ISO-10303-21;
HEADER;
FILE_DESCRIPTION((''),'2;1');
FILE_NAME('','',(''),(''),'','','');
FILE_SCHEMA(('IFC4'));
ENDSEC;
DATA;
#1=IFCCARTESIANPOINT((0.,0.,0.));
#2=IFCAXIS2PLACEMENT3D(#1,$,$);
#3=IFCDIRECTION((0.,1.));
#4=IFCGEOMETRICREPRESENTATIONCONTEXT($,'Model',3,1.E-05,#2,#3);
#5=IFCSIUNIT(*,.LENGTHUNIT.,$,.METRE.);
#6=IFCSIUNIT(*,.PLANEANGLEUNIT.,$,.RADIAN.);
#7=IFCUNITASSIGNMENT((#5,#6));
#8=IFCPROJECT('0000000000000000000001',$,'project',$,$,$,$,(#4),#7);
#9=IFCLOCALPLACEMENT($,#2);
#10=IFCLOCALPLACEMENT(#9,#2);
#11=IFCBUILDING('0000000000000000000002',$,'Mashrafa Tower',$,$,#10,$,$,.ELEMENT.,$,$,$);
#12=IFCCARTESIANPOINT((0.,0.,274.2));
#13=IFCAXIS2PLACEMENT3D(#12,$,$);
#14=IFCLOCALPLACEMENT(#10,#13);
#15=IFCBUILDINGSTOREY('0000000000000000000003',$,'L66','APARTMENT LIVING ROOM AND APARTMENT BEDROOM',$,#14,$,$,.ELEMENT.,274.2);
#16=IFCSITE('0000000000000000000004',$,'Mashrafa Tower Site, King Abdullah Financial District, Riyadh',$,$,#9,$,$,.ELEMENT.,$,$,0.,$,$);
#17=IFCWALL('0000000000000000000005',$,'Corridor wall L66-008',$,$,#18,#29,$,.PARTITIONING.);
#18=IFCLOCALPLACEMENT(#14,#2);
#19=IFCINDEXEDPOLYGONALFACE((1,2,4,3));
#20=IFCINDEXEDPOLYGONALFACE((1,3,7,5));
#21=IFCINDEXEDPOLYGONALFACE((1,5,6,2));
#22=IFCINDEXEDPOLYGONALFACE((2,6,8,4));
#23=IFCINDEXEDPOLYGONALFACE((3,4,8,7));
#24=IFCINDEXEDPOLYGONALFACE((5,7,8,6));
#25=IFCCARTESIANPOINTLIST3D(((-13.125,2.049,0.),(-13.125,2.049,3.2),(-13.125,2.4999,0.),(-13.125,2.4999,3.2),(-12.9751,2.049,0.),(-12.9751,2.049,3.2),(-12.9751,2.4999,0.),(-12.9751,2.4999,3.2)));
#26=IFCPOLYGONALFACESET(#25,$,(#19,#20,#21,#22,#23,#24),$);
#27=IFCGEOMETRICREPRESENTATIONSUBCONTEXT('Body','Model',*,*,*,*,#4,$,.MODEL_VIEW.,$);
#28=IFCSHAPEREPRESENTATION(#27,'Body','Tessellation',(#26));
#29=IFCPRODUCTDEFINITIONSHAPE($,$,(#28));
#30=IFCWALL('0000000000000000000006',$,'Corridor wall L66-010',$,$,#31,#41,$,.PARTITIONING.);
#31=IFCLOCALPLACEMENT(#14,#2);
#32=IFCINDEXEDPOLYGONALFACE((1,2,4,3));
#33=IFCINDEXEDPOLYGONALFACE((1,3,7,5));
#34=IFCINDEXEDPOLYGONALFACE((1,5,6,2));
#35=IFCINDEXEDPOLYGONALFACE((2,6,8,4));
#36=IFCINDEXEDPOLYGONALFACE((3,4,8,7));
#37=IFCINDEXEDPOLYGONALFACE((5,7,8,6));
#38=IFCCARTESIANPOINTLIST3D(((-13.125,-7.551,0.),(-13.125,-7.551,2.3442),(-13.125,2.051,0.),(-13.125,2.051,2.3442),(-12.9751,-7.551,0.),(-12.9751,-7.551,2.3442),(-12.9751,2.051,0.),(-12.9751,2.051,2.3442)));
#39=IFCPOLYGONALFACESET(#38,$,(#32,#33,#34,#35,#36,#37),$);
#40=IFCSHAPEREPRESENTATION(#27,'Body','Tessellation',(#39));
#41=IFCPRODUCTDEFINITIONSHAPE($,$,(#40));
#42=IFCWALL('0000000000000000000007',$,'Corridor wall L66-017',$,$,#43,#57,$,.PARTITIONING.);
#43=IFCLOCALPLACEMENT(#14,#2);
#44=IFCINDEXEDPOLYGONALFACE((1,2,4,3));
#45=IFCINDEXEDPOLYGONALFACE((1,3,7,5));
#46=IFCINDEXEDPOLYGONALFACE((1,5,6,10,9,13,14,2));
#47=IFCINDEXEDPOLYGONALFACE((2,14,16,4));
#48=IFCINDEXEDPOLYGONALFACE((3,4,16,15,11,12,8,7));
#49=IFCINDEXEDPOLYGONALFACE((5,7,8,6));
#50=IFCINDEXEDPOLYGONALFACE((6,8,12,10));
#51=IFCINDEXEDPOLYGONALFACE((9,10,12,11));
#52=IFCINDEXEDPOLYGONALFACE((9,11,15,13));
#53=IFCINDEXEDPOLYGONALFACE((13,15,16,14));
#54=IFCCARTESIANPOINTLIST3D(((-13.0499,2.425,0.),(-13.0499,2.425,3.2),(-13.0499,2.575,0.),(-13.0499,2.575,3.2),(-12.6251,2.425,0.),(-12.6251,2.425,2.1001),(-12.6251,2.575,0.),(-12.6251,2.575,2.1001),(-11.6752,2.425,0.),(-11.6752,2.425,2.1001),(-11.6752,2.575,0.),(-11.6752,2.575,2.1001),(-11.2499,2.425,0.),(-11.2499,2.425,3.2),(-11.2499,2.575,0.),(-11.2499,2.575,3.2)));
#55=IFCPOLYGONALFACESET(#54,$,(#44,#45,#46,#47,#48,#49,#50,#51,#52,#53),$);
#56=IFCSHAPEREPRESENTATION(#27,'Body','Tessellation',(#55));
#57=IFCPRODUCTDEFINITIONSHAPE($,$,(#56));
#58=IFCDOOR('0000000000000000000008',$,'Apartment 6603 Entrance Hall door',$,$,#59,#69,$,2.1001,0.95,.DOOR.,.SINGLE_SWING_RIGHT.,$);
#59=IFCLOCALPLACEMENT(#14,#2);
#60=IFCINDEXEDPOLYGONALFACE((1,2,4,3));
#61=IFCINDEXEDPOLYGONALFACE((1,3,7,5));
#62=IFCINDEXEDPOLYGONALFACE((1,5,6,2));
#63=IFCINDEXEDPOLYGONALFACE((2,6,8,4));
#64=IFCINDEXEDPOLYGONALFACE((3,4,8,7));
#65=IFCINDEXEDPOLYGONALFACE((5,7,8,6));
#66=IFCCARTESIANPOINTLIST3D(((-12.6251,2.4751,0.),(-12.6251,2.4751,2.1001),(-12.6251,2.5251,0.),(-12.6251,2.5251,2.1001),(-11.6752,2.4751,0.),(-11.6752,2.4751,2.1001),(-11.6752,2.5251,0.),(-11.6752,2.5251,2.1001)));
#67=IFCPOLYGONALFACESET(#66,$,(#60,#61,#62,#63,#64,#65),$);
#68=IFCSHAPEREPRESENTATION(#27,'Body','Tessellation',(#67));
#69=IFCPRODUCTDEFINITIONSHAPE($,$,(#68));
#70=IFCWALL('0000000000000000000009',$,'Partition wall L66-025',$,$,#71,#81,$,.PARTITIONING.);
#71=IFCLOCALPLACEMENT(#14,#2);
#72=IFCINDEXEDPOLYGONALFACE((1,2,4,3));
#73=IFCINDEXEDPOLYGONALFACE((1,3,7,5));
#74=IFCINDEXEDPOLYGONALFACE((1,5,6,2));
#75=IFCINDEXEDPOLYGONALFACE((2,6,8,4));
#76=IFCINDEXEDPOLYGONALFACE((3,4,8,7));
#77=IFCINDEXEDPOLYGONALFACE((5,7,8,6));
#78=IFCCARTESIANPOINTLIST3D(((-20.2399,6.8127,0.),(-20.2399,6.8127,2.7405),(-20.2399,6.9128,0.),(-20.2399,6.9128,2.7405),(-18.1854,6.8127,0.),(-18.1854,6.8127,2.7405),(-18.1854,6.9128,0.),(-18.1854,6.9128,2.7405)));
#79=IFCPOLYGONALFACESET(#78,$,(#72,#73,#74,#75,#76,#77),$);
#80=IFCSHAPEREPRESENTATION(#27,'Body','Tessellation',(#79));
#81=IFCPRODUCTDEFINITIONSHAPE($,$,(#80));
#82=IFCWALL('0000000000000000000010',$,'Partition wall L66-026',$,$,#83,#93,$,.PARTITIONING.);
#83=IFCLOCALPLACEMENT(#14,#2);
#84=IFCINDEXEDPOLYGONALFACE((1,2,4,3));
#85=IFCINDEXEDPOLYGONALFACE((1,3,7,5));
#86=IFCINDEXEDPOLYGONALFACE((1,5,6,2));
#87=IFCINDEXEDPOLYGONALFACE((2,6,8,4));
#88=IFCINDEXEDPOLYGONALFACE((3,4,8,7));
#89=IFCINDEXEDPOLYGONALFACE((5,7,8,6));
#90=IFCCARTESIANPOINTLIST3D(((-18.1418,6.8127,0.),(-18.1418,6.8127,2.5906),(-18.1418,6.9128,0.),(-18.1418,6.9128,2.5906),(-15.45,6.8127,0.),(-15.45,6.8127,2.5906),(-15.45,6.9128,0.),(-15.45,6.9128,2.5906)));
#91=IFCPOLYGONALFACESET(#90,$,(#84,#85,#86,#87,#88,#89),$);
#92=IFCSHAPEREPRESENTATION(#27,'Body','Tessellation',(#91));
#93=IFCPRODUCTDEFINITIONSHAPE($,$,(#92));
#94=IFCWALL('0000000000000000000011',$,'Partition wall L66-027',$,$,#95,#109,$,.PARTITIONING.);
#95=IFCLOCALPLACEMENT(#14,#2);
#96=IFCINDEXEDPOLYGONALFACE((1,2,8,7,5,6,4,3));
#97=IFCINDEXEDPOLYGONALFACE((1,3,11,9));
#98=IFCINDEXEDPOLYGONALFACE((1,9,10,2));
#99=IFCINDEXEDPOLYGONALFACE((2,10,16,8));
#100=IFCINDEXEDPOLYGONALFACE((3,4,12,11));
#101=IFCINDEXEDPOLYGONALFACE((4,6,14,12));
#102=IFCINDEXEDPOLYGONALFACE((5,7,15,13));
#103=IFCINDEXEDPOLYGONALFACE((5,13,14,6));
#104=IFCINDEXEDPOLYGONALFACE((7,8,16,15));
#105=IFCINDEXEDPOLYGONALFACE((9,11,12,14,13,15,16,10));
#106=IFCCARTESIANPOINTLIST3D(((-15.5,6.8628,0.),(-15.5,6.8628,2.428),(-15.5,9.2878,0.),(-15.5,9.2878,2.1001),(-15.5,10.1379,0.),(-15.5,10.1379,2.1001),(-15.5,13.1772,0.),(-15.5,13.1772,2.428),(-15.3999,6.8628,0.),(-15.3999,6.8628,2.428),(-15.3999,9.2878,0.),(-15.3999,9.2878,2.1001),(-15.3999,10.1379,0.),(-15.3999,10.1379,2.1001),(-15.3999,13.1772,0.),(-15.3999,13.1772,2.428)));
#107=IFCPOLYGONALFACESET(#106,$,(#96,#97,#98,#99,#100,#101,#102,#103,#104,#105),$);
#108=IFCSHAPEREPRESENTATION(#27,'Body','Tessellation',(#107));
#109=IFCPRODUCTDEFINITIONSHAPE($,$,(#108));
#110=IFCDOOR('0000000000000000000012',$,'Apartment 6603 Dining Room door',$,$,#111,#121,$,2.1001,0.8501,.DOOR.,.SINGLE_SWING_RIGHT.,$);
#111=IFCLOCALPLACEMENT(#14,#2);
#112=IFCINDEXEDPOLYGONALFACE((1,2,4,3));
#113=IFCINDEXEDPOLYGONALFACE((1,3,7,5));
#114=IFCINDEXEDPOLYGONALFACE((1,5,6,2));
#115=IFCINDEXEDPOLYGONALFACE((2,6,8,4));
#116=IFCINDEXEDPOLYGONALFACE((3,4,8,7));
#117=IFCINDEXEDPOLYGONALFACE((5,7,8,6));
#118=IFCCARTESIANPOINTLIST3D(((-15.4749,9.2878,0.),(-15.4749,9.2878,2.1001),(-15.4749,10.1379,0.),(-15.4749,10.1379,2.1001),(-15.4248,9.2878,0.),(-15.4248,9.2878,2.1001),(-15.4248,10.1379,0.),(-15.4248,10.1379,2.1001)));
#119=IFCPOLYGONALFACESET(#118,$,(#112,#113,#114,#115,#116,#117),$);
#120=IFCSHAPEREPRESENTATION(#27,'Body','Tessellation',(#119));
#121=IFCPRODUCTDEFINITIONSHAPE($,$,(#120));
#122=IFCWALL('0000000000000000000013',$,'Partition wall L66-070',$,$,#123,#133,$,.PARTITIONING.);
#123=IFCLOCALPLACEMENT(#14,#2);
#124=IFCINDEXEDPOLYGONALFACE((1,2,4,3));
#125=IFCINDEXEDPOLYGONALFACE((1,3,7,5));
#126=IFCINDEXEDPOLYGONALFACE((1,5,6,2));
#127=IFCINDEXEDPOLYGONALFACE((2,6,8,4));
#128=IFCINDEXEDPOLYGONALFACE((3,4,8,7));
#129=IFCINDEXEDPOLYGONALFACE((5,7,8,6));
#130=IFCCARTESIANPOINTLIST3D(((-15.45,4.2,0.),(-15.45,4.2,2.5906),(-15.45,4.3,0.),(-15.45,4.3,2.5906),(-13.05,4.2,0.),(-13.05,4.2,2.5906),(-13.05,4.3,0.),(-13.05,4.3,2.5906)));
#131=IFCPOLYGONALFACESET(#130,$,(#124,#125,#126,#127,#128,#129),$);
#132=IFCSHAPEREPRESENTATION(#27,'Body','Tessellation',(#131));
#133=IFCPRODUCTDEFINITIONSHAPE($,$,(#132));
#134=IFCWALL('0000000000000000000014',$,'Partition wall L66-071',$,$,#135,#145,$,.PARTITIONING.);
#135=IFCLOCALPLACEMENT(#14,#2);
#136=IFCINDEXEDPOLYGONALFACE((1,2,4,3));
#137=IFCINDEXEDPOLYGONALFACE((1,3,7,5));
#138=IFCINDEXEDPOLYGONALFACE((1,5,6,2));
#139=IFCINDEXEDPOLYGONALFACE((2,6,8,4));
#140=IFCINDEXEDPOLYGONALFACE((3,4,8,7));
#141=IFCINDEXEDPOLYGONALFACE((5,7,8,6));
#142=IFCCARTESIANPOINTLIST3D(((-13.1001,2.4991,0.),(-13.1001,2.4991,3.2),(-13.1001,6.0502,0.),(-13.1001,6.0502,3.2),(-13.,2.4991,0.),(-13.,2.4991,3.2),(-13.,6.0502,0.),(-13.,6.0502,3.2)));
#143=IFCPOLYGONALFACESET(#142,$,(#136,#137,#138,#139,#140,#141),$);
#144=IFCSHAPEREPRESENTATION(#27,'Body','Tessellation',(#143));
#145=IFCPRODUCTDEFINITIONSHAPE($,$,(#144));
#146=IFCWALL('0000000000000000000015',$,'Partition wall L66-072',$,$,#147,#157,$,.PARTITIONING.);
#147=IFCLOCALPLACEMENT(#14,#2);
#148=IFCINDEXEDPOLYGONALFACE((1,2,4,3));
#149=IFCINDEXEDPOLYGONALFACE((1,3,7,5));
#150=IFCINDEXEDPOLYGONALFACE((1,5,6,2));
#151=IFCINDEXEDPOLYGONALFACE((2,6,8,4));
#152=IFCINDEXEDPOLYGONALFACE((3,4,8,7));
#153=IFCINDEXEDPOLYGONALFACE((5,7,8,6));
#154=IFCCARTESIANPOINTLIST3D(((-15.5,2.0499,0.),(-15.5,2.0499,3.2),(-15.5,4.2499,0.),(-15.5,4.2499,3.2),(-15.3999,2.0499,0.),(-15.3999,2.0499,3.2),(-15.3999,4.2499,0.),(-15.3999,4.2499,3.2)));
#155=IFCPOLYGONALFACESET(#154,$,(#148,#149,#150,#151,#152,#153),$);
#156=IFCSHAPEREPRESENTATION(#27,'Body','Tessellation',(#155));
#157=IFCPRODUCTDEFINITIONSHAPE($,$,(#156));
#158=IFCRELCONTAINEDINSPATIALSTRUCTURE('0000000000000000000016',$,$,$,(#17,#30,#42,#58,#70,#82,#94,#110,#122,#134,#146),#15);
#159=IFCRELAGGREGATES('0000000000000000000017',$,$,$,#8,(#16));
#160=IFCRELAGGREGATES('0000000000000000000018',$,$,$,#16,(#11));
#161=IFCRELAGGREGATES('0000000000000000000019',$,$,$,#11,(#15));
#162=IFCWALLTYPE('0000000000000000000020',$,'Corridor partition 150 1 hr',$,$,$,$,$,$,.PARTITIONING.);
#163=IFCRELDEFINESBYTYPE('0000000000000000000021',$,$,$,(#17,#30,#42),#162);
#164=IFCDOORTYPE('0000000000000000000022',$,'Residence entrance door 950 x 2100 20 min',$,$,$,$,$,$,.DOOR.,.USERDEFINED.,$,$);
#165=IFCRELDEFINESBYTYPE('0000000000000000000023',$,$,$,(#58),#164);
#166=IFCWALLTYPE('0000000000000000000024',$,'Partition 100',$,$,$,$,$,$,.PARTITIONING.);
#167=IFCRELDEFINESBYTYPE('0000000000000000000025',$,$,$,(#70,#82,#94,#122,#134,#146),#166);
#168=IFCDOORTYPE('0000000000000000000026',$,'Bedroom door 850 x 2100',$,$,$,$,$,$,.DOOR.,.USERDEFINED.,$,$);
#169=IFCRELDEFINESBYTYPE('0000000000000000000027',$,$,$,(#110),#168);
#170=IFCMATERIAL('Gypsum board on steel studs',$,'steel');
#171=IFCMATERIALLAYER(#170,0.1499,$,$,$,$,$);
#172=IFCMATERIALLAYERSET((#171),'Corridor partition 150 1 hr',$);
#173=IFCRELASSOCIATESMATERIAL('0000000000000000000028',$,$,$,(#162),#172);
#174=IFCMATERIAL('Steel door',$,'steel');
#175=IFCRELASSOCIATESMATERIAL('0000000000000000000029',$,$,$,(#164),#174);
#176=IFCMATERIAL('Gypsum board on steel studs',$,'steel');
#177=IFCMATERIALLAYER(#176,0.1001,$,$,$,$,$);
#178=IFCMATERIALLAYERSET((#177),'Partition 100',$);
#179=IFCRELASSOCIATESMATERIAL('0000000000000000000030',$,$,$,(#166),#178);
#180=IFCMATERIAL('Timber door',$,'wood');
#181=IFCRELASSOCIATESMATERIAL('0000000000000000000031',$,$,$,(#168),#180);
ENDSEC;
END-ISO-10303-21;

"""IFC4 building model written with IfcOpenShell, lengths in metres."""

from ifc_helpers import new_model, si_unit, direction, frame, frame_2d, origin, place, context, subcontext, project, spatial, rectangle, extrude, material, layer, layer_set, type_object, element, fill, save


model = new_model("IFC4")

# Units and contexts
model_context = context("Model", 3, precision=1e-05, world=origin(), true_north=direction((0.0, 1.0)))
body_context = subcontext(model_context, "Body", "Model", "MODEL_VIEW")
ifc_project = project(units=[si_unit("LENGTHUNIT", "METRE"), si_unit("PLANEANGLEUNIT", "RADIAN")], contexts=[model_context])

# Site, building, storey
site_placement = place(None, origin())
site = spatial("IfcSite", under=ifc_project, at=site_placement, Name="Mashrafa Tower Site, King Abdullah Financial District, Riyadh", CompositionType="ELEMENT", RefElevation=0.0)
building_placement = place(site_placement, origin())
building = spatial("IfcBuilding", under=site, at=building_placement, Name="Mashrafa Tower", CompositionType="ELEMENT")
storey_placement = place(building_placement, frame((0.0, 0.0, 274.2)))
storey = spatial("IfcBuildingStorey", under=building, at=storey_placement, Name="L66", Description="APARTMENT LIVING ROOM AND APARTMENT BEDROOM", CompositionType="ELEMENT", Elevation=274.2)

# Walls
ifc_material_1 = material(Name="Gypsum board on steel studs", Category="steel")
ifc_layer_1 = layer(ifc_material_1, 0.1499)
ifc_layer_set_1 = layer_set([ifc_layer_1], Name="Corridor partition 150 1 hr")
wall_type_1 = type_object("IfcWallType", Name="Corridor partition 150 1 hr", PredefinedType="PARTITIONING", material=ifc_layer_set_1)
wall_1_placement = place(storey_placement, frame((-13.05, 2.5, 0.0), z_axis=(0.0, 0.0, 1.0), x_axis=(0.0, -1.0, 0.0)))
element("IfcWall", 1, at=wall_1_placement, inside=storey, type_object=wall_type_1, Name="Corridor wall L66-008", PredefinedType="PARTITIONING", context=body_context, shape_type="SweptSolid", body=[
    extrude(rectangle(XDim=0.4509, YDim=0.1499, at=frame_2d((0.2256, 0.0))), origin(), (0.0, 0.0, 1.0), 3.2),
])
wall_2_placement = place(storey_placement, frame((-13.05, 2.051, 0.0), z_axis=(0.0, 0.0, 1.0), x_axis=(0.0, -1.0, 0.0)))
element("IfcWall", 2, at=wall_2_placement, inside=storey, type_object=wall_type_1, Name="Corridor wall L66-010", PredefinedType="PARTITIONING", context=body_context, shape_type="SweptSolid", body=[
    extrude(rectangle(XDim=9.6021, YDim=0.1499, at=frame_2d((4.801, 0.0))), origin(), (0.0, 0.0, 1.0), 2.3442),
])

# Wall, opening, door
wall_3_placement = place(storey_placement, frame((-11.25, 2.5, 0.0), z_axis=(0.0, 0.0, 1.0), x_axis=(-1.0, 0.0, 0.0)))
wall_3 = element("IfcWall", 3, at=wall_3_placement, inside=storey, type_object=wall_type_1, Name="Corridor wall L66-017", PredefinedType="PARTITIONING", context=body_context, shape_type="SweptSolid", body=[
    extrude(rectangle(XDim=1.8, YDim=0.1499, at=frame_2d((0.8999, 0.0))), origin(), (0.0, 0.0, 1.0), 3.2),
])
opening_1_placement = place(wall_3_placement, frame((0.425, 0.0, 0.0)))
opening_1 = element("IfcOpeningElement", 4, at=opening_1_placement, cuts=wall_3, PredefinedType="OPENING", context=body_context, shape_type="SweptSolid", body=[
    extrude(rectangle(XDim=0.95, YDim=2.1001, at=frame_2d((0.4751, 1.05))), frame((0.0, 0.085, 0.0), z_axis=(0.0, -1.0, 0.0), x_axis=(1.0, 0.0, 0.0)), (0.0, 0.0, 1.0), 0.1699),
])
ifc_material_2 = material(Name="Steel door", Category="steel")
door_type_1 = type_object("IfcDoorType", Name="Residence entrance door 950 x 2100 20 min", OperationType="USERDEFINED", PredefinedType="DOOR", material=ifc_material_2)
door_1_placement = place(opening_1_placement, origin())
door_1 = element("IfcDoor", 5, at=door_1_placement, inside=storey, type_object=door_type_1, Name="Apartment 6603 Entrance Hall door", OperationType="SINGLE_SWING_RIGHT", OverallHeight=2.1001, OverallWidth=0.95, PredefinedType="DOOR", context=body_context, shape_type="SweptSolid", body=[
    extrude(rectangle(XDim=0.95, YDim=2.1001, at=frame_2d((0.4751, 1.05))), frame((0.0, 0.0249, 0.0), z_axis=(0.0, -1.0, 0.0), x_axis=(1.0, 0.0, 0.0)), (0.0, 0.0, 1.0), 0.05),
])
fill(opening_1, door_1)

# Walls
ifc_material_3 = material(Name="Gypsum board on steel studs", Category="steel")
ifc_layer_2 = layer(ifc_material_3, 0.1001)
ifc_layer_set_2 = layer_set([ifc_layer_2], Name="Partition 100")
wall_type_2 = type_object("IfcWallType", Name="Partition 100", PredefinedType="PARTITIONING", material=ifc_layer_set_2)
wall_4_placement = place(storey_placement, frame((-20.24, 6.8628, 0.0), z_axis=(0.0, 0.0, 1.0), x_axis=(1.0, 0.0, 0.0)))
element("IfcWall", 6, at=wall_4_placement, inside=storey, type_object=wall_type_2, Name="Partition wall L66-025", PredefinedType="PARTITIONING", context=body_context, shape_type="SweptSolid", body=[
    extrude(rectangle(XDim=2.0544, YDim=0.1001, at=frame_2d((1.0273, 0.0))), origin(), (0.0, 0.0, 1.0), 2.7405),
])
wall_5_placement = place(storey_placement, frame((-18.1418, 6.8628, 0.0), z_axis=(0.0, 0.0, 1.0), x_axis=(1.0, 0.0, 0.0)))
element("IfcWall", 7, at=wall_5_placement, inside=storey, type_object=wall_type_2, Name="Partition wall L66-026", PredefinedType="PARTITIONING", context=body_context, shape_type="SweptSolid", body=[
    extrude(rectangle(XDim=2.6919, YDim=0.1001, at=frame_2d((1.3459, 0.0))), origin(), (0.0, 0.0, 1.0), 2.5906),
])

# Wall, opening, door
wall_6_placement = place(storey_placement, frame((-15.45, 6.8628, 0.0), z_axis=(0.0, 0.0, 1.0), x_axis=(0.0, 1.0, 0.0)))
wall_6 = element("IfcWall", 8, at=wall_6_placement, inside=storey, type_object=wall_type_2, Name="Partition wall L66-027", PredefinedType="PARTITIONING", context=body_context, shape_type="SweptSolid", body=[
    extrude(rectangle(XDim=6.3145, YDim=0.1001, at=frame_2d((3.1572, 0.0))), origin(), (0.0, 0.0, 1.0), 2.428),
])
opening_2_placement = place(wall_6_placement, frame((2.425, 0.0, 0.0)))
opening_2 = element("IfcOpeningElement", 9, at=opening_2_placement, cuts=wall_6, PredefinedType="OPENING", context=body_context, shape_type="SweptSolid", body=[
    extrude(rectangle(XDim=0.8501, YDim=2.1001, at=frame_2d((0.425, 1.05))), frame((0.0, 0.0601, 0.0), z_axis=(0.0, -1.0, 0.0), x_axis=(1.0, 0.0, 0.0)), (0.0, 0.0, 1.0), 0.1201),
])
ifc_material_4 = material(Name="Timber door", Category="wood")
door_type_2 = type_object("IfcDoorType", Name="Bedroom door 850 x 2100", OperationType="USERDEFINED", PredefinedType="DOOR", material=ifc_material_4)
door_2_placement = place(opening_2_placement, origin())
door_2 = element("IfcDoor", 10, at=door_2_placement, inside=storey, type_object=door_type_2, Name="Apartment 6603 Dining Room door", OperationType="SINGLE_SWING_RIGHT", OverallHeight=2.1001, OverallWidth=0.8501, PredefinedType="DOOR", context=body_context, shape_type="SweptSolid", body=[
    extrude(rectangle(XDim=0.8501, YDim=2.1001, at=frame_2d((0.425, 1.05))), frame((0.0, 0.0249, 0.0), z_axis=(0.0, -1.0, 0.0), x_axis=(1.0, 0.0, 0.0)), (0.0, 0.0, 1.0), 0.05),
])
fill(opening_2, door_2)

# Walls
wall_7_placement = place(storey_placement, frame((-15.45, 4.25, 0.0), z_axis=(0.0, 0.0, 1.0), x_axis=(1.0, 0.0, 0.0)))
element("IfcWall", 11, at=wall_7_placement, inside=storey, type_object=wall_type_2, Name="Partition wall L66-070", PredefinedType="PARTITIONING", context=body_context, shape_type="SweptSolid", body=[
    extrude(rectangle(XDim=2.3999, YDim=0.1001, at=frame_2d((1.2, 0.0))), origin(), (0.0, 0.0, 1.0), 2.5906),
])
wall_8_placement = place(storey_placement, frame((-13.05, 6.05, 0.0), z_axis=(0.0, 0.0, 1.0), x_axis=(0.0, -1.0, 0.0)))
element("IfcWall", 12, at=wall_8_placement, inside=storey, type_object=wall_type_2, Name="Partition wall L66-071", PredefinedType="PARTITIONING", context=body_context, shape_type="SweptSolid", body=[
    extrude(rectangle(XDim=3.551, YDim=0.1001, at=frame_2d((1.7754, 0.0))), origin(), (0.0, 0.0, 1.0), 3.2),
])
wall_9_placement = place(storey_placement, frame((-15.45, 4.25, 0.0), z_axis=(0.0, 0.0, 1.0), x_axis=(0.0, -1.0, 0.0)))
element("IfcWall", 13, at=wall_9_placement, inside=storey, type_object=wall_type_2, Name="Partition wall L66-072", PredefinedType="PARTITIONING", context=body_context, shape_type="SweptSolid", body=[
    extrude(rectangle(XDim=2.2, YDim=0.1001, at=frame_2d((1.1001, 0.0))), origin(), (0.0, 0.0, 1.0), 3.2),
])

save(model, "model.ifc")
